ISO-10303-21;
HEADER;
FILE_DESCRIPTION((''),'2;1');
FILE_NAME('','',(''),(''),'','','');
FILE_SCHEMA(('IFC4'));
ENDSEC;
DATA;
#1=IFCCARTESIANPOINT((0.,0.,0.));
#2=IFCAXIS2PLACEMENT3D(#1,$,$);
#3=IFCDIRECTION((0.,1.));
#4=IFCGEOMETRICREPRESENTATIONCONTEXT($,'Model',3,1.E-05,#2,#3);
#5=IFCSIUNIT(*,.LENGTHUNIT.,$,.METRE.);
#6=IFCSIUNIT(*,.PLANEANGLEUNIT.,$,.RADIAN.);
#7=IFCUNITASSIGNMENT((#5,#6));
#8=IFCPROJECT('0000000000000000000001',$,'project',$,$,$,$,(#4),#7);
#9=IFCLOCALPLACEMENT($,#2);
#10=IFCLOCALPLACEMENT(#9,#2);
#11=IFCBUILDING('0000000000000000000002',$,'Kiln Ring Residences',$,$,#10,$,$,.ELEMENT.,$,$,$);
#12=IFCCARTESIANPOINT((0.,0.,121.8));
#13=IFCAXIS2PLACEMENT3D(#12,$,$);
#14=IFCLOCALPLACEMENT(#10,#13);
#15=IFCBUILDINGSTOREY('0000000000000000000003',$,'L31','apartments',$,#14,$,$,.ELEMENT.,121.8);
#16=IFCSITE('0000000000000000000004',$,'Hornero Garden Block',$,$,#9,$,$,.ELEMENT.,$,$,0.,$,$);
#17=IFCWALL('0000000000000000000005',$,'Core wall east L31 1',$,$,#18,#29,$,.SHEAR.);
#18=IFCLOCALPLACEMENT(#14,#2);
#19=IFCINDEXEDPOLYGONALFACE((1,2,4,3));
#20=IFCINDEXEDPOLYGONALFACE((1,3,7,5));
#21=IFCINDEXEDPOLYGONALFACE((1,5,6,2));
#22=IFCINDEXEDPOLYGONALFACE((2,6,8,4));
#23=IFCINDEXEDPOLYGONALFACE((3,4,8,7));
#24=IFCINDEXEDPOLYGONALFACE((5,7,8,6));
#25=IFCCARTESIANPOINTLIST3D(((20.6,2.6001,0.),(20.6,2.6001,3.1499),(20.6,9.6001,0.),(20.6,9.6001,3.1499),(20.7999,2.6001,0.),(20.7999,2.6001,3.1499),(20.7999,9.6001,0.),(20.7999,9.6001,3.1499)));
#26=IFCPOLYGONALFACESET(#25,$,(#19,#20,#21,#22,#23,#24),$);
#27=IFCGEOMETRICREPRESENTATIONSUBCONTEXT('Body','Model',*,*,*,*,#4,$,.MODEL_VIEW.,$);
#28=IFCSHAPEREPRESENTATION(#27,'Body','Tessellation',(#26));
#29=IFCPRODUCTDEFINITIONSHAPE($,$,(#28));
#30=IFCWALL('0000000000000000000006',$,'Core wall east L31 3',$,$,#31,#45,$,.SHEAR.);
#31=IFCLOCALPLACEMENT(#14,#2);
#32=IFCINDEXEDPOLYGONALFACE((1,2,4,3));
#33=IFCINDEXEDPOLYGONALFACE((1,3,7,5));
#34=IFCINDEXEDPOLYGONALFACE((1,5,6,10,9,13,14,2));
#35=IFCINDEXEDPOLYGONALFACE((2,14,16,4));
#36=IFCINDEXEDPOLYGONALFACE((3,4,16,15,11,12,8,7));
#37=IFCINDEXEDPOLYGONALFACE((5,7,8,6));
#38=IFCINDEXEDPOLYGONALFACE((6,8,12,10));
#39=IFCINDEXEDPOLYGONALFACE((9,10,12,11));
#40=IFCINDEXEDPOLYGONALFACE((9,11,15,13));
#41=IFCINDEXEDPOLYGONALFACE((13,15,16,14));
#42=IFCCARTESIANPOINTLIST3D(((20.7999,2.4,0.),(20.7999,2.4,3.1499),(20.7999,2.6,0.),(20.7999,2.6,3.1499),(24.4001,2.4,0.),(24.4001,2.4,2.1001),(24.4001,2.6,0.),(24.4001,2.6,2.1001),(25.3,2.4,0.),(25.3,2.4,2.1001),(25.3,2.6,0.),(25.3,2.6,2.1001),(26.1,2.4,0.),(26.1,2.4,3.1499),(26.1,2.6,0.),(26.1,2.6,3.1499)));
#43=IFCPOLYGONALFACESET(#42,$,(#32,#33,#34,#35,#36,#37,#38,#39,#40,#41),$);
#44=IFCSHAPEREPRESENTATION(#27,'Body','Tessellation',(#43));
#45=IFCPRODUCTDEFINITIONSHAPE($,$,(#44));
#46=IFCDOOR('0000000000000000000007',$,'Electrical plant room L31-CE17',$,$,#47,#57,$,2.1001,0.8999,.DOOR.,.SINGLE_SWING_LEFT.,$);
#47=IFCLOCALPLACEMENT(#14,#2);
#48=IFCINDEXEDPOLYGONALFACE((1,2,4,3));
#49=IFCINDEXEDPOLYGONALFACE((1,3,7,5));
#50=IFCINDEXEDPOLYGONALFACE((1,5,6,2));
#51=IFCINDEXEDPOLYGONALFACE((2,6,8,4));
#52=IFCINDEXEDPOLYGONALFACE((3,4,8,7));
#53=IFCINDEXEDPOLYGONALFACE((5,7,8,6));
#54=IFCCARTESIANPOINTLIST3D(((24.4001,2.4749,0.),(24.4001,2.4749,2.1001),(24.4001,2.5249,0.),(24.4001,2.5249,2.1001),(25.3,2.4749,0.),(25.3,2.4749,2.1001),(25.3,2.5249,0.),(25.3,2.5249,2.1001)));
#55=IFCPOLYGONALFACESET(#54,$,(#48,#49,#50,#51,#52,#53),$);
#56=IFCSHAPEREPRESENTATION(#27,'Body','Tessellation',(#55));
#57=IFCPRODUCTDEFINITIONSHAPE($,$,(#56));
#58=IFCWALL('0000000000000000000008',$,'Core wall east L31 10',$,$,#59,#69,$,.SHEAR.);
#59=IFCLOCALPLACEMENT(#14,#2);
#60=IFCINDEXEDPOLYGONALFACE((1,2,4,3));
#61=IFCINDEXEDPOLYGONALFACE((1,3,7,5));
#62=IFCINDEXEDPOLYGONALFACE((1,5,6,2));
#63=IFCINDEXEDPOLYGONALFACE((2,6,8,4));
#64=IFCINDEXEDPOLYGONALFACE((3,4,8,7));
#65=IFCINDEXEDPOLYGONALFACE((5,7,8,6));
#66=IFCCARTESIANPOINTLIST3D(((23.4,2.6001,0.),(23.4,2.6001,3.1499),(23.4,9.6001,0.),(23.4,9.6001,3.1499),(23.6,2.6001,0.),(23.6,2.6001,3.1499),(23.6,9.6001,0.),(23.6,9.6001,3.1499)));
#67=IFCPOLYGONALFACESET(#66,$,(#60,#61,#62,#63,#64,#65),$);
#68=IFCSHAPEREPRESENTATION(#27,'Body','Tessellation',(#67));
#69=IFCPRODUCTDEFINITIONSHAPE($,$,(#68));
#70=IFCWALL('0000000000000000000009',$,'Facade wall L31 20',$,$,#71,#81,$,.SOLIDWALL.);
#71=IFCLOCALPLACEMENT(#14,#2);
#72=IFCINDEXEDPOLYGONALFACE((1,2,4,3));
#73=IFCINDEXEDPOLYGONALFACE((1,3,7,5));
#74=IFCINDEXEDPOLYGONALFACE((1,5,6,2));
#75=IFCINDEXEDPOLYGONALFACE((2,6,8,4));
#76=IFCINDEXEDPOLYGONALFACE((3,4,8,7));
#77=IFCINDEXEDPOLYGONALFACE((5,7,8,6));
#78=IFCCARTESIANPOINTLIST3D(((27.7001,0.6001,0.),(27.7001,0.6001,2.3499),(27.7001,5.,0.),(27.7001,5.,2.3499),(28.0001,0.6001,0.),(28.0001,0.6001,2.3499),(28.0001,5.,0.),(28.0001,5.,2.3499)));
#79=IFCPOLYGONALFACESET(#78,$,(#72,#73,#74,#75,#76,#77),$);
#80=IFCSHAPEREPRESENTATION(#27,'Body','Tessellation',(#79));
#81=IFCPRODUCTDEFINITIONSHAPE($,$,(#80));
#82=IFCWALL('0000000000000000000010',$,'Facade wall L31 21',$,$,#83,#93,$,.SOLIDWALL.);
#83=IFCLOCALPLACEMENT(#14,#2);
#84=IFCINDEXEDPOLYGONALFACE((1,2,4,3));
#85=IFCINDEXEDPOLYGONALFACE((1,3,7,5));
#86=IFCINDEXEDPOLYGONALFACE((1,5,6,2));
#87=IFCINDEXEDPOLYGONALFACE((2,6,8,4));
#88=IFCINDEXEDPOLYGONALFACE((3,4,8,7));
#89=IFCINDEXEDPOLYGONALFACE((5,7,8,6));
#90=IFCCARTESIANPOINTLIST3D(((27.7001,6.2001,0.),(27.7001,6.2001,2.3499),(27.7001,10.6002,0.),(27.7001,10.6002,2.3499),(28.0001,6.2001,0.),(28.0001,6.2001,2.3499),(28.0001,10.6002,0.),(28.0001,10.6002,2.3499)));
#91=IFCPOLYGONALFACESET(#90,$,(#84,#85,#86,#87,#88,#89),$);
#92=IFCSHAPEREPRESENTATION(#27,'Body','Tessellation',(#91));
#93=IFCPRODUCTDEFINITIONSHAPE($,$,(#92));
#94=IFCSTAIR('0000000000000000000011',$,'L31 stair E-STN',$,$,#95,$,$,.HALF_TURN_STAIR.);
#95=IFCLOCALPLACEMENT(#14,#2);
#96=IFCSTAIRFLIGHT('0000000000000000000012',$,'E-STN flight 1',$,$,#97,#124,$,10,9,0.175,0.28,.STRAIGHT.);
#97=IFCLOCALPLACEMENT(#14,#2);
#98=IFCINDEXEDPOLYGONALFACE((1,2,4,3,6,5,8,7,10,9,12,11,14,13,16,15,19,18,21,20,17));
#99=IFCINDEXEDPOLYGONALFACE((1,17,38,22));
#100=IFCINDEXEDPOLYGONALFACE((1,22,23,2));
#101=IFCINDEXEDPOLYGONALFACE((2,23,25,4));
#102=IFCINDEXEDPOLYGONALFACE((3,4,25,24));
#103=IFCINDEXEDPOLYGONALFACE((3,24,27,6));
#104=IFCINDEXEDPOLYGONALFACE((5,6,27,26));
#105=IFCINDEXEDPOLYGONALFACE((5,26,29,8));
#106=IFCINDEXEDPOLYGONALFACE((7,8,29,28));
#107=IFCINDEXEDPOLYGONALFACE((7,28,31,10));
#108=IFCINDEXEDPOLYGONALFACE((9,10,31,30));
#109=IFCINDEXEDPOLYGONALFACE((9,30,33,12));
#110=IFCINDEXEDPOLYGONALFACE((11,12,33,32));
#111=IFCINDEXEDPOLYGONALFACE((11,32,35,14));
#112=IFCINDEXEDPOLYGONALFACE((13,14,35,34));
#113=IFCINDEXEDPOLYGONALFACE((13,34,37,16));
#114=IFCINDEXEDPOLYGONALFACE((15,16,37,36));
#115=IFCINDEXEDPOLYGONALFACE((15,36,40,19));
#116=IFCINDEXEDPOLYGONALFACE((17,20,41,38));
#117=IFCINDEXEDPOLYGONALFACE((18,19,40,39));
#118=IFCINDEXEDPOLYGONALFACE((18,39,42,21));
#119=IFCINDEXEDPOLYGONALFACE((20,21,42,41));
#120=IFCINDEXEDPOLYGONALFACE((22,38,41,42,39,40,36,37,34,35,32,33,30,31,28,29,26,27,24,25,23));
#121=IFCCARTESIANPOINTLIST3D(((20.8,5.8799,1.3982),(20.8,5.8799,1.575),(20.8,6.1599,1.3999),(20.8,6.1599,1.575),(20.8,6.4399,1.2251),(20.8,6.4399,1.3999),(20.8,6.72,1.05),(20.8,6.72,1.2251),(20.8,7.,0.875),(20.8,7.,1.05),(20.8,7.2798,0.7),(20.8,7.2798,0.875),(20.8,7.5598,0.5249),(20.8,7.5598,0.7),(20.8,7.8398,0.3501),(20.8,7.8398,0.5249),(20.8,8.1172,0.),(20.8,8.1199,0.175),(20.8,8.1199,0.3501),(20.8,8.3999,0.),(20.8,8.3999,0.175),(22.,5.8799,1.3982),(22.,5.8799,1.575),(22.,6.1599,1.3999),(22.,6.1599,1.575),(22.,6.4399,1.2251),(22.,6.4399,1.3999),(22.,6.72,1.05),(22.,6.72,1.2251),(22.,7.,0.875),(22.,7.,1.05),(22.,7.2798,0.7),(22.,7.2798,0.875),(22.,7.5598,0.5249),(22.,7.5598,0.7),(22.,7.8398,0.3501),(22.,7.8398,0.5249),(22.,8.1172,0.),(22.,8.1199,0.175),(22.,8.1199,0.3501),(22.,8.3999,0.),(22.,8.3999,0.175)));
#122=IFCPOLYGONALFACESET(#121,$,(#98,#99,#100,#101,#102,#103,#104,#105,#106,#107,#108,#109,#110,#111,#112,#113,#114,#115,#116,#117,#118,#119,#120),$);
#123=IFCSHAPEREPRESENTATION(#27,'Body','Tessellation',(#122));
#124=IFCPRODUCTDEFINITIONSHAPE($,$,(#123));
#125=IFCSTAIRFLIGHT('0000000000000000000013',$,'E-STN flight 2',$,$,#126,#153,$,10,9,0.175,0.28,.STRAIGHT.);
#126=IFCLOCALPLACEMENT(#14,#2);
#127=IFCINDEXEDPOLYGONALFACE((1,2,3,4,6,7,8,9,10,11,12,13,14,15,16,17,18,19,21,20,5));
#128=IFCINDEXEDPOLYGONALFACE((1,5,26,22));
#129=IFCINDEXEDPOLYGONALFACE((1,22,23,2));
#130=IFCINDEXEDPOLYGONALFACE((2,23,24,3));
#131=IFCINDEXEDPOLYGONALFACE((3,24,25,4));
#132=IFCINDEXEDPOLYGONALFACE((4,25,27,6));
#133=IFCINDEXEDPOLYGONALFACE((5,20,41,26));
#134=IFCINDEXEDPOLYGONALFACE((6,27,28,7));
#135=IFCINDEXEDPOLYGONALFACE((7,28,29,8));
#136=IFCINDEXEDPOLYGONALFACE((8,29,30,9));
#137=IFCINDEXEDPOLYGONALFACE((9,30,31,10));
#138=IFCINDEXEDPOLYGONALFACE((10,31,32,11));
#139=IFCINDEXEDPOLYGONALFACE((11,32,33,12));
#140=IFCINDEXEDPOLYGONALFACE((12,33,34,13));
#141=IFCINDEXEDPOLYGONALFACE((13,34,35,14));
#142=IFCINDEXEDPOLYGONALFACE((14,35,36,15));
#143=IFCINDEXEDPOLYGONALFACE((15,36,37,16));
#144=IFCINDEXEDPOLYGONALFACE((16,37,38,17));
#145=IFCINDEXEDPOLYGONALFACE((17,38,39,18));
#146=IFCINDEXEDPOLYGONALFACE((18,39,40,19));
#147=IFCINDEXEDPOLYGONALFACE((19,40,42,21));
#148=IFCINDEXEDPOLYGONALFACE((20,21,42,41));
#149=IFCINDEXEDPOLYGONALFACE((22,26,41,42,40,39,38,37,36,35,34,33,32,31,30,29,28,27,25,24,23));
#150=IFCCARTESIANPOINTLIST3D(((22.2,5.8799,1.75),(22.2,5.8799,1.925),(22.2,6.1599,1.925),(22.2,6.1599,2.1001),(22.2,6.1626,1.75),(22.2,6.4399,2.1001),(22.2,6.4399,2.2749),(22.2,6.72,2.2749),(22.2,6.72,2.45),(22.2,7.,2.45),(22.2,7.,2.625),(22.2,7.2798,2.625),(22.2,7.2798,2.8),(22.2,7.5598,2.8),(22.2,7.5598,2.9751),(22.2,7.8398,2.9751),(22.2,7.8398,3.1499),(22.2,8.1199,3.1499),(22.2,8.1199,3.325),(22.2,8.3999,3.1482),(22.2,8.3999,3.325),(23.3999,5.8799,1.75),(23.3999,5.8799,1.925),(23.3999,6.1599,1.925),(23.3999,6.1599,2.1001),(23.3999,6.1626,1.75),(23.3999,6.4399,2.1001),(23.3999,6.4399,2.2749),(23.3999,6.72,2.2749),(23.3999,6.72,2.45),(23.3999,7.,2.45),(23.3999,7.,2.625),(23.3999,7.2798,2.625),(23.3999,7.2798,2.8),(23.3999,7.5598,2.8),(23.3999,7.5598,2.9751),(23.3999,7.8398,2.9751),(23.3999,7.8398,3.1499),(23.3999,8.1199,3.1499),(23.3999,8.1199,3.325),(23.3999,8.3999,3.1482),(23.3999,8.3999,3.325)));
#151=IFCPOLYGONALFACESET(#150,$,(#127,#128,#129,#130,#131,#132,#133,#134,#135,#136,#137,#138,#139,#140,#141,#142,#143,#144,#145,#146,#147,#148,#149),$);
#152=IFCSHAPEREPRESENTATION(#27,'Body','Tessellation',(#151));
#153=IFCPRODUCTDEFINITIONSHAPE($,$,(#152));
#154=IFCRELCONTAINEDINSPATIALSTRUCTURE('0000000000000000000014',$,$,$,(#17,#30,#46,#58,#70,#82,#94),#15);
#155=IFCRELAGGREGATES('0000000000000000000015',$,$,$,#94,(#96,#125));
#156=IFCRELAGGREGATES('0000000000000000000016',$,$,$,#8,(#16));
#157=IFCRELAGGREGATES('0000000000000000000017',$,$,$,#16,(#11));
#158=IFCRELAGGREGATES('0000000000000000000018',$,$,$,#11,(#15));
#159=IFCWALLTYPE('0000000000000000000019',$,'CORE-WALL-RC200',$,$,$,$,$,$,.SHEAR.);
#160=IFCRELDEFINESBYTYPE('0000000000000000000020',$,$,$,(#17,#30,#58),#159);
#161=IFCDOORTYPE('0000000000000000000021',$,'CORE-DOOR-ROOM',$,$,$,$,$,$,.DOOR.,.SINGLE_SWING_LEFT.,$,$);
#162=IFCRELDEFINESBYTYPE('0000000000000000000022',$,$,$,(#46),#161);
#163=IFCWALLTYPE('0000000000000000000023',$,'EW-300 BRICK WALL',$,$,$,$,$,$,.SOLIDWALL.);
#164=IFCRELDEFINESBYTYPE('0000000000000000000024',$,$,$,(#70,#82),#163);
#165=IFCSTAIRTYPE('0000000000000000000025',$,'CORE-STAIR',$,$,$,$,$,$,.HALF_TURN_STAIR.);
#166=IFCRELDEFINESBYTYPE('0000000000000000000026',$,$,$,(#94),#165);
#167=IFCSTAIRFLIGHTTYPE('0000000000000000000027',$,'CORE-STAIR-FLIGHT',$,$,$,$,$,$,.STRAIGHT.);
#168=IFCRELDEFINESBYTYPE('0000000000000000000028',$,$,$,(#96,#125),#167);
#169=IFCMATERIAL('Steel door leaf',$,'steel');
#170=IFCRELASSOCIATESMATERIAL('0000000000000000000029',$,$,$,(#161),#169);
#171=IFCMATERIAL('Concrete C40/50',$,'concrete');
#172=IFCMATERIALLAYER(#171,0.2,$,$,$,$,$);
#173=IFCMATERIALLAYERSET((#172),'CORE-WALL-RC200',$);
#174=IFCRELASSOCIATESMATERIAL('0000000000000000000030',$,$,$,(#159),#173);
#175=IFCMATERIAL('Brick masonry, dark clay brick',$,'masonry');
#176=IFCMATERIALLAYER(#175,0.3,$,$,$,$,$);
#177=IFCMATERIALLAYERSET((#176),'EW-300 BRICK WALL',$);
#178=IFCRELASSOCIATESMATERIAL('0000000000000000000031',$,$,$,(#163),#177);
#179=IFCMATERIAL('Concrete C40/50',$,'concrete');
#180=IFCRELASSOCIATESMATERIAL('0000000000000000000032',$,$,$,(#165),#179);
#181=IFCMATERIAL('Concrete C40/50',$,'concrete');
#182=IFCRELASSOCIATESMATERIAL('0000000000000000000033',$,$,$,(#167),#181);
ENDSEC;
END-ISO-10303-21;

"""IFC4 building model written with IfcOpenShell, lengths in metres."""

from ifc_helpers import new_model, si_unit, direction, frame, frame_2d, origin, place, context, subcontext, project, spatial, polyline, rectangle, outline, extrude, material, layer, layer_set, type_object, element, fill, aggregate, save


model = new_model("IFC4")

# Units and contexts
model_context = context("Model", 3, precision=1e-05, world=origin(), true_north=direction((0.0, 1.0)))
body_context = subcontext(model_context, "Body", "Model", "MODEL_VIEW")
ifc_project = project(units=[si_unit("LENGTHUNIT", "METRE"), si_unit("PLANEANGLEUNIT", "RADIAN")], contexts=[model_context])

# Site, building, storey
site_placement = place(None, origin())
site = spatial("IfcSite", under=ifc_project, at=site_placement, Name="Hornero Garden Block", CompositionType="ELEMENT", RefElevation=0.0)
building_placement = place(site_placement, origin())
building = spatial("IfcBuilding", under=site, at=building_placement, Name="Kiln Ring Residences", CompositionType="ELEMENT")
storey_placement = place(building_placement, frame((0.0, 0.0, 121.8)))
storey = spatial("IfcBuildingStorey", under=building, at=storey_placement, Name="L31", Description="apartments", CompositionType="ELEMENT", Elevation=121.8)

# Shared definitions
ifc_material_1 = material(Name="Steel door leaf", Category="steel")
door_type = type_object("IfcDoorType", Name="CORE-DOOR-ROOM", OperationType="SINGLE_SWING_LEFT", PredefinedType="DOOR", material=ifc_material_1)

# Wall
ifc_material_2 = material(Name="Concrete C40/50", Category="concrete")
ifc_layer_1 = layer(ifc_material_2, 0.2)
ifc_layer_set_1 = layer_set([ifc_layer_1], Name="CORE-WALL-RC200")
wall_type_1 = type_object("IfcWallType", Name="CORE-WALL-RC200", PredefinedType="SHEAR", material=ifc_layer_set_1)
wall_1_placement = place(storey_placement, frame((20.7, 2.6001, 0.0), z_axis=(0.0, 0.0, 1.0), x_axis=(0.0, 1.0, 0.0)))
element("IfcWall", 1, at=wall_1_placement, inside=storey, type_object=wall_type_1, Name="Core wall east L31 1", PredefinedType="SHEAR", context=body_context, shape_type="SweptSolid", body=[
    extrude(rectangle(XDim=7.0, YDim=0.2, at=frame_2d((3.5, 0.0))), origin(), (0.0, 0.0, 1.0), 3.1499),
])

# Wall, opening, door
wall_2_placement = place(storey_placement, frame((20.8, 2.5, 0.0), z_axis=(0.0, 0.0, 1.0), x_axis=(1.0, 0.0, 0.0)))
wall_2 = element("IfcWall", 2, at=wall_2_placement, inside=storey, type_object=wall_type_1, Name="Core wall east L31 3", PredefinedType="SHEAR", context=body_context, shape_type="SweptSolid", body=[
    extrude(rectangle(XDim=5.3, YDim=0.2, at=frame_2d((2.6499, 0.0))), origin(), (0.0, 0.0, 1.0), 3.1499),
])
opening_1_placement = place(wall_2_placement, frame((3.6001, 0.0, 0.0)))
opening_1 = element("IfcOpeningElement", 3, at=opening_1_placement, cuts=wall_2, PredefinedType="OPENING", context=body_context, shape_type="SweptSolid", body=[
    extrude(rectangle(XDim=0.8999, YDim=2.1001, at=frame_2d((0.45, 1.05))), frame((0.0, 0.1099, 0.0), z_axis=(0.0, -1.0, 0.0), x_axis=(1.0, 0.0, 0.0)), (0.0, 0.0, 1.0), 0.22),
])
door_1_placement = place(opening_1_placement, origin())
door_1 = element("IfcDoor", 4, at=door_1_placement, inside=storey, type_object=door_type, Name="Electrical plant room L31-CE17", OperationType="SINGLE_SWING_LEFT", OverallHeight=2.1001, OverallWidth=0.8999, PredefinedType="DOOR", context=body_context, shape_type="SweptSolid", body=[
    extrude(rectangle(XDim=0.8999, YDim=2.1001, at=frame_2d((0.45, 1.05))), frame((0.0, 0.0249, 0.0), z_axis=(0.0, -1.0, 0.0), x_axis=(1.0, 0.0, 0.0)), (0.0, 0.0, 1.0), 0.05),
])
fill(opening_1, door_1)

# Walls
wall_3_placement = place(storey_placement, frame((23.5, 2.6001, 0.0), z_axis=(0.0, 0.0, 1.0), x_axis=(0.0, 1.0, 0.0)))
element("IfcWall", 5, at=wall_3_placement, inside=storey, type_object=wall_type_1, Name="Core wall east L31 10", PredefinedType="SHEAR", context=body_context, shape_type="SweptSolid", body=[
    extrude(rectangle(XDim=7.0, YDim=0.2, at=frame_2d((3.5, 0.0))), origin(), (0.0, 0.0, 1.0), 3.1499),
])
ifc_material_3 = material(Name="Brick masonry, dark clay brick", Category="masonry")
ifc_layer_2 = layer(ifc_material_3, 0.3)
ifc_layer_set_2 = layer_set([ifc_layer_2], Name="EW-300 BRICK WALL")
wall_type_2 = type_object("IfcWallType", Name="EW-300 BRICK WALL", PredefinedType="SOLIDWALL", material=ifc_layer_set_2)
wall_4_placement = place(storey_placement, frame((27.8501, 0.6001, 0.0), z_axis=(0.0, 0.0, 1.0), x_axis=(0.0, 1.0, 0.0)))
element("IfcWall", 6, at=wall_4_placement, inside=storey, type_object=wall_type_2, Name="Facade wall L31 20", PredefinedType="SOLIDWALL", context=body_context, shape_type="SweptSolid", body=[
    extrude(rectangle(XDim=4.3999, YDim=0.3, at=frame_2d((2.2, 0.0))), origin(), (0.0, 0.0, 1.0), 2.3499),
])
wall_5_placement = place(storey_placement, frame((27.8501, 6.2, 0.0), z_axis=(0.0, 0.0, 1.0), x_axis=(0.0, 1.0, 0.0)))
element("IfcWall", 7, at=wall_5_placement, inside=storey, type_object=wall_type_2, Name="Facade wall L31 21", PredefinedType="SOLIDWALL", context=body_context, shape_type="SweptSolid", body=[
    extrude(rectangle(XDim=4.4001, YDim=0.3, at=frame_2d((2.2002, 0.0))), origin(), (0.0, 0.0, 1.0), 2.3499),
])

# Stair, stair flights
ifc_material_4 = material(Name="Concrete C40/50", Category="concrete")
stair_type = type_object("IfcStairType", Name="CORE-STAIR", PredefinedType="HALF_TURN_STAIR", material=ifc_material_4)
stair_placement = place(storey_placement, origin())
stair = element("IfcStair", 8, at=stair_placement, inside=storey, type_object=stair_type, Name="L31 stair E-STN", PredefinedType="HALF_TURN_STAIR")
ifc_material_5 = material(Name="Concrete C40/50", Category="concrete")
stair_flight_type = type_object("IfcStairFlightType", Name="CORE-STAIR-FLIGHT", PredefinedType="STRAIGHT", material=ifc_material_5)
stair_flight_1_placement = place(storey_placement, frame((21.3999, 8.3999, 0.0), z_axis=(0.0, 0.0, 1.0), x_axis=(0.0, -1.0, 0.0)))
stair_flight_1 = element("IfcStairFlight", 9, at=stair_flight_1_placement, type_object=stair_flight_type, Name="E-STN flight 1", NumberOfRisers=10, NumberOfTreads=9, PredefinedType="STRAIGHT", RiserHeight=0.175, TreadLength=0.28, context=body_context, shape_type="SweptSolid", body=[
    extrude(outline(polyline([(0.0, 0.0), (0.0, 0.175), (0.28, 0.175), (0.28, 0.3501), (0.5601, 0.3501), (0.5601, 0.5249), (0.8401, 0.5249), (0.8401, 0.7), (1.1201, 0.7), (1.1201, 0.875), (1.3999, 0.875), (1.3999, 1.05), (1.6799, 1.05), (1.6799, 1.2251), (1.96, 1.2251), (1.96, 1.3999), (2.24, 1.3999), (2.24, 1.575), (2.52, 1.575), (2.52, 1.75), (2.52, 1.3982), (0.2827, 0.0), (0.0, 0.0)])), frame((0.0, 0.6001, 0.0), z_axis=(0.0, -1.0, 0.0), x_axis=(1.0, 0.0, 0.0)), (0.0, 0.0, 1.0), 1.2),
])
stair_flight_2_placement = place(storey_placement, frame((22.8, 5.8799, 1.75), z_axis=(0.0, 0.0, 1.0), x_axis=(0.0, 1.0, 0.0)))
stair_flight_2 = element("IfcStairFlight", 10, at=stair_flight_2_placement, type_object=stair_flight_type, Name="E-STN flight 2", NumberOfRisers=10, NumberOfTreads=9, PredefinedType="STRAIGHT", RiserHeight=0.175, TreadLength=0.28, context=body_context, shape_type="SweptSolid", body=[
    extrude(outline(polyline([(0.0, 0.0), (0.0, 0.175), (0.28, 0.175), (0.28, 0.3501), (0.5601, 0.3501), (0.5601, 0.5249), (0.8401, 0.5249), (0.8401, 0.7), (1.1201, 0.7), (1.1201, 0.875), (1.3999, 0.875), (1.3999, 1.05), (1.6799, 1.05), (1.6799, 1.2251), (1.96, 1.2251), (1.96, 1.3999), (2.24, 1.3999), (2.24, 1.575), (2.52, 1.575), (2.52, 1.75), (2.52, 1.3982), (0.2827, 0.0), (0.0, 0.0)])), frame((0.0, 0.6001, 0.0), z_axis=(0.0, -1.0, 0.0), x_axis=(1.0, 0.0, 0.0)), (0.0, 0.0, 1.0), 1.2),
])
aggregate(stair, [stair_flight_1, stair_flight_2])

save(model, "model.ifc")
